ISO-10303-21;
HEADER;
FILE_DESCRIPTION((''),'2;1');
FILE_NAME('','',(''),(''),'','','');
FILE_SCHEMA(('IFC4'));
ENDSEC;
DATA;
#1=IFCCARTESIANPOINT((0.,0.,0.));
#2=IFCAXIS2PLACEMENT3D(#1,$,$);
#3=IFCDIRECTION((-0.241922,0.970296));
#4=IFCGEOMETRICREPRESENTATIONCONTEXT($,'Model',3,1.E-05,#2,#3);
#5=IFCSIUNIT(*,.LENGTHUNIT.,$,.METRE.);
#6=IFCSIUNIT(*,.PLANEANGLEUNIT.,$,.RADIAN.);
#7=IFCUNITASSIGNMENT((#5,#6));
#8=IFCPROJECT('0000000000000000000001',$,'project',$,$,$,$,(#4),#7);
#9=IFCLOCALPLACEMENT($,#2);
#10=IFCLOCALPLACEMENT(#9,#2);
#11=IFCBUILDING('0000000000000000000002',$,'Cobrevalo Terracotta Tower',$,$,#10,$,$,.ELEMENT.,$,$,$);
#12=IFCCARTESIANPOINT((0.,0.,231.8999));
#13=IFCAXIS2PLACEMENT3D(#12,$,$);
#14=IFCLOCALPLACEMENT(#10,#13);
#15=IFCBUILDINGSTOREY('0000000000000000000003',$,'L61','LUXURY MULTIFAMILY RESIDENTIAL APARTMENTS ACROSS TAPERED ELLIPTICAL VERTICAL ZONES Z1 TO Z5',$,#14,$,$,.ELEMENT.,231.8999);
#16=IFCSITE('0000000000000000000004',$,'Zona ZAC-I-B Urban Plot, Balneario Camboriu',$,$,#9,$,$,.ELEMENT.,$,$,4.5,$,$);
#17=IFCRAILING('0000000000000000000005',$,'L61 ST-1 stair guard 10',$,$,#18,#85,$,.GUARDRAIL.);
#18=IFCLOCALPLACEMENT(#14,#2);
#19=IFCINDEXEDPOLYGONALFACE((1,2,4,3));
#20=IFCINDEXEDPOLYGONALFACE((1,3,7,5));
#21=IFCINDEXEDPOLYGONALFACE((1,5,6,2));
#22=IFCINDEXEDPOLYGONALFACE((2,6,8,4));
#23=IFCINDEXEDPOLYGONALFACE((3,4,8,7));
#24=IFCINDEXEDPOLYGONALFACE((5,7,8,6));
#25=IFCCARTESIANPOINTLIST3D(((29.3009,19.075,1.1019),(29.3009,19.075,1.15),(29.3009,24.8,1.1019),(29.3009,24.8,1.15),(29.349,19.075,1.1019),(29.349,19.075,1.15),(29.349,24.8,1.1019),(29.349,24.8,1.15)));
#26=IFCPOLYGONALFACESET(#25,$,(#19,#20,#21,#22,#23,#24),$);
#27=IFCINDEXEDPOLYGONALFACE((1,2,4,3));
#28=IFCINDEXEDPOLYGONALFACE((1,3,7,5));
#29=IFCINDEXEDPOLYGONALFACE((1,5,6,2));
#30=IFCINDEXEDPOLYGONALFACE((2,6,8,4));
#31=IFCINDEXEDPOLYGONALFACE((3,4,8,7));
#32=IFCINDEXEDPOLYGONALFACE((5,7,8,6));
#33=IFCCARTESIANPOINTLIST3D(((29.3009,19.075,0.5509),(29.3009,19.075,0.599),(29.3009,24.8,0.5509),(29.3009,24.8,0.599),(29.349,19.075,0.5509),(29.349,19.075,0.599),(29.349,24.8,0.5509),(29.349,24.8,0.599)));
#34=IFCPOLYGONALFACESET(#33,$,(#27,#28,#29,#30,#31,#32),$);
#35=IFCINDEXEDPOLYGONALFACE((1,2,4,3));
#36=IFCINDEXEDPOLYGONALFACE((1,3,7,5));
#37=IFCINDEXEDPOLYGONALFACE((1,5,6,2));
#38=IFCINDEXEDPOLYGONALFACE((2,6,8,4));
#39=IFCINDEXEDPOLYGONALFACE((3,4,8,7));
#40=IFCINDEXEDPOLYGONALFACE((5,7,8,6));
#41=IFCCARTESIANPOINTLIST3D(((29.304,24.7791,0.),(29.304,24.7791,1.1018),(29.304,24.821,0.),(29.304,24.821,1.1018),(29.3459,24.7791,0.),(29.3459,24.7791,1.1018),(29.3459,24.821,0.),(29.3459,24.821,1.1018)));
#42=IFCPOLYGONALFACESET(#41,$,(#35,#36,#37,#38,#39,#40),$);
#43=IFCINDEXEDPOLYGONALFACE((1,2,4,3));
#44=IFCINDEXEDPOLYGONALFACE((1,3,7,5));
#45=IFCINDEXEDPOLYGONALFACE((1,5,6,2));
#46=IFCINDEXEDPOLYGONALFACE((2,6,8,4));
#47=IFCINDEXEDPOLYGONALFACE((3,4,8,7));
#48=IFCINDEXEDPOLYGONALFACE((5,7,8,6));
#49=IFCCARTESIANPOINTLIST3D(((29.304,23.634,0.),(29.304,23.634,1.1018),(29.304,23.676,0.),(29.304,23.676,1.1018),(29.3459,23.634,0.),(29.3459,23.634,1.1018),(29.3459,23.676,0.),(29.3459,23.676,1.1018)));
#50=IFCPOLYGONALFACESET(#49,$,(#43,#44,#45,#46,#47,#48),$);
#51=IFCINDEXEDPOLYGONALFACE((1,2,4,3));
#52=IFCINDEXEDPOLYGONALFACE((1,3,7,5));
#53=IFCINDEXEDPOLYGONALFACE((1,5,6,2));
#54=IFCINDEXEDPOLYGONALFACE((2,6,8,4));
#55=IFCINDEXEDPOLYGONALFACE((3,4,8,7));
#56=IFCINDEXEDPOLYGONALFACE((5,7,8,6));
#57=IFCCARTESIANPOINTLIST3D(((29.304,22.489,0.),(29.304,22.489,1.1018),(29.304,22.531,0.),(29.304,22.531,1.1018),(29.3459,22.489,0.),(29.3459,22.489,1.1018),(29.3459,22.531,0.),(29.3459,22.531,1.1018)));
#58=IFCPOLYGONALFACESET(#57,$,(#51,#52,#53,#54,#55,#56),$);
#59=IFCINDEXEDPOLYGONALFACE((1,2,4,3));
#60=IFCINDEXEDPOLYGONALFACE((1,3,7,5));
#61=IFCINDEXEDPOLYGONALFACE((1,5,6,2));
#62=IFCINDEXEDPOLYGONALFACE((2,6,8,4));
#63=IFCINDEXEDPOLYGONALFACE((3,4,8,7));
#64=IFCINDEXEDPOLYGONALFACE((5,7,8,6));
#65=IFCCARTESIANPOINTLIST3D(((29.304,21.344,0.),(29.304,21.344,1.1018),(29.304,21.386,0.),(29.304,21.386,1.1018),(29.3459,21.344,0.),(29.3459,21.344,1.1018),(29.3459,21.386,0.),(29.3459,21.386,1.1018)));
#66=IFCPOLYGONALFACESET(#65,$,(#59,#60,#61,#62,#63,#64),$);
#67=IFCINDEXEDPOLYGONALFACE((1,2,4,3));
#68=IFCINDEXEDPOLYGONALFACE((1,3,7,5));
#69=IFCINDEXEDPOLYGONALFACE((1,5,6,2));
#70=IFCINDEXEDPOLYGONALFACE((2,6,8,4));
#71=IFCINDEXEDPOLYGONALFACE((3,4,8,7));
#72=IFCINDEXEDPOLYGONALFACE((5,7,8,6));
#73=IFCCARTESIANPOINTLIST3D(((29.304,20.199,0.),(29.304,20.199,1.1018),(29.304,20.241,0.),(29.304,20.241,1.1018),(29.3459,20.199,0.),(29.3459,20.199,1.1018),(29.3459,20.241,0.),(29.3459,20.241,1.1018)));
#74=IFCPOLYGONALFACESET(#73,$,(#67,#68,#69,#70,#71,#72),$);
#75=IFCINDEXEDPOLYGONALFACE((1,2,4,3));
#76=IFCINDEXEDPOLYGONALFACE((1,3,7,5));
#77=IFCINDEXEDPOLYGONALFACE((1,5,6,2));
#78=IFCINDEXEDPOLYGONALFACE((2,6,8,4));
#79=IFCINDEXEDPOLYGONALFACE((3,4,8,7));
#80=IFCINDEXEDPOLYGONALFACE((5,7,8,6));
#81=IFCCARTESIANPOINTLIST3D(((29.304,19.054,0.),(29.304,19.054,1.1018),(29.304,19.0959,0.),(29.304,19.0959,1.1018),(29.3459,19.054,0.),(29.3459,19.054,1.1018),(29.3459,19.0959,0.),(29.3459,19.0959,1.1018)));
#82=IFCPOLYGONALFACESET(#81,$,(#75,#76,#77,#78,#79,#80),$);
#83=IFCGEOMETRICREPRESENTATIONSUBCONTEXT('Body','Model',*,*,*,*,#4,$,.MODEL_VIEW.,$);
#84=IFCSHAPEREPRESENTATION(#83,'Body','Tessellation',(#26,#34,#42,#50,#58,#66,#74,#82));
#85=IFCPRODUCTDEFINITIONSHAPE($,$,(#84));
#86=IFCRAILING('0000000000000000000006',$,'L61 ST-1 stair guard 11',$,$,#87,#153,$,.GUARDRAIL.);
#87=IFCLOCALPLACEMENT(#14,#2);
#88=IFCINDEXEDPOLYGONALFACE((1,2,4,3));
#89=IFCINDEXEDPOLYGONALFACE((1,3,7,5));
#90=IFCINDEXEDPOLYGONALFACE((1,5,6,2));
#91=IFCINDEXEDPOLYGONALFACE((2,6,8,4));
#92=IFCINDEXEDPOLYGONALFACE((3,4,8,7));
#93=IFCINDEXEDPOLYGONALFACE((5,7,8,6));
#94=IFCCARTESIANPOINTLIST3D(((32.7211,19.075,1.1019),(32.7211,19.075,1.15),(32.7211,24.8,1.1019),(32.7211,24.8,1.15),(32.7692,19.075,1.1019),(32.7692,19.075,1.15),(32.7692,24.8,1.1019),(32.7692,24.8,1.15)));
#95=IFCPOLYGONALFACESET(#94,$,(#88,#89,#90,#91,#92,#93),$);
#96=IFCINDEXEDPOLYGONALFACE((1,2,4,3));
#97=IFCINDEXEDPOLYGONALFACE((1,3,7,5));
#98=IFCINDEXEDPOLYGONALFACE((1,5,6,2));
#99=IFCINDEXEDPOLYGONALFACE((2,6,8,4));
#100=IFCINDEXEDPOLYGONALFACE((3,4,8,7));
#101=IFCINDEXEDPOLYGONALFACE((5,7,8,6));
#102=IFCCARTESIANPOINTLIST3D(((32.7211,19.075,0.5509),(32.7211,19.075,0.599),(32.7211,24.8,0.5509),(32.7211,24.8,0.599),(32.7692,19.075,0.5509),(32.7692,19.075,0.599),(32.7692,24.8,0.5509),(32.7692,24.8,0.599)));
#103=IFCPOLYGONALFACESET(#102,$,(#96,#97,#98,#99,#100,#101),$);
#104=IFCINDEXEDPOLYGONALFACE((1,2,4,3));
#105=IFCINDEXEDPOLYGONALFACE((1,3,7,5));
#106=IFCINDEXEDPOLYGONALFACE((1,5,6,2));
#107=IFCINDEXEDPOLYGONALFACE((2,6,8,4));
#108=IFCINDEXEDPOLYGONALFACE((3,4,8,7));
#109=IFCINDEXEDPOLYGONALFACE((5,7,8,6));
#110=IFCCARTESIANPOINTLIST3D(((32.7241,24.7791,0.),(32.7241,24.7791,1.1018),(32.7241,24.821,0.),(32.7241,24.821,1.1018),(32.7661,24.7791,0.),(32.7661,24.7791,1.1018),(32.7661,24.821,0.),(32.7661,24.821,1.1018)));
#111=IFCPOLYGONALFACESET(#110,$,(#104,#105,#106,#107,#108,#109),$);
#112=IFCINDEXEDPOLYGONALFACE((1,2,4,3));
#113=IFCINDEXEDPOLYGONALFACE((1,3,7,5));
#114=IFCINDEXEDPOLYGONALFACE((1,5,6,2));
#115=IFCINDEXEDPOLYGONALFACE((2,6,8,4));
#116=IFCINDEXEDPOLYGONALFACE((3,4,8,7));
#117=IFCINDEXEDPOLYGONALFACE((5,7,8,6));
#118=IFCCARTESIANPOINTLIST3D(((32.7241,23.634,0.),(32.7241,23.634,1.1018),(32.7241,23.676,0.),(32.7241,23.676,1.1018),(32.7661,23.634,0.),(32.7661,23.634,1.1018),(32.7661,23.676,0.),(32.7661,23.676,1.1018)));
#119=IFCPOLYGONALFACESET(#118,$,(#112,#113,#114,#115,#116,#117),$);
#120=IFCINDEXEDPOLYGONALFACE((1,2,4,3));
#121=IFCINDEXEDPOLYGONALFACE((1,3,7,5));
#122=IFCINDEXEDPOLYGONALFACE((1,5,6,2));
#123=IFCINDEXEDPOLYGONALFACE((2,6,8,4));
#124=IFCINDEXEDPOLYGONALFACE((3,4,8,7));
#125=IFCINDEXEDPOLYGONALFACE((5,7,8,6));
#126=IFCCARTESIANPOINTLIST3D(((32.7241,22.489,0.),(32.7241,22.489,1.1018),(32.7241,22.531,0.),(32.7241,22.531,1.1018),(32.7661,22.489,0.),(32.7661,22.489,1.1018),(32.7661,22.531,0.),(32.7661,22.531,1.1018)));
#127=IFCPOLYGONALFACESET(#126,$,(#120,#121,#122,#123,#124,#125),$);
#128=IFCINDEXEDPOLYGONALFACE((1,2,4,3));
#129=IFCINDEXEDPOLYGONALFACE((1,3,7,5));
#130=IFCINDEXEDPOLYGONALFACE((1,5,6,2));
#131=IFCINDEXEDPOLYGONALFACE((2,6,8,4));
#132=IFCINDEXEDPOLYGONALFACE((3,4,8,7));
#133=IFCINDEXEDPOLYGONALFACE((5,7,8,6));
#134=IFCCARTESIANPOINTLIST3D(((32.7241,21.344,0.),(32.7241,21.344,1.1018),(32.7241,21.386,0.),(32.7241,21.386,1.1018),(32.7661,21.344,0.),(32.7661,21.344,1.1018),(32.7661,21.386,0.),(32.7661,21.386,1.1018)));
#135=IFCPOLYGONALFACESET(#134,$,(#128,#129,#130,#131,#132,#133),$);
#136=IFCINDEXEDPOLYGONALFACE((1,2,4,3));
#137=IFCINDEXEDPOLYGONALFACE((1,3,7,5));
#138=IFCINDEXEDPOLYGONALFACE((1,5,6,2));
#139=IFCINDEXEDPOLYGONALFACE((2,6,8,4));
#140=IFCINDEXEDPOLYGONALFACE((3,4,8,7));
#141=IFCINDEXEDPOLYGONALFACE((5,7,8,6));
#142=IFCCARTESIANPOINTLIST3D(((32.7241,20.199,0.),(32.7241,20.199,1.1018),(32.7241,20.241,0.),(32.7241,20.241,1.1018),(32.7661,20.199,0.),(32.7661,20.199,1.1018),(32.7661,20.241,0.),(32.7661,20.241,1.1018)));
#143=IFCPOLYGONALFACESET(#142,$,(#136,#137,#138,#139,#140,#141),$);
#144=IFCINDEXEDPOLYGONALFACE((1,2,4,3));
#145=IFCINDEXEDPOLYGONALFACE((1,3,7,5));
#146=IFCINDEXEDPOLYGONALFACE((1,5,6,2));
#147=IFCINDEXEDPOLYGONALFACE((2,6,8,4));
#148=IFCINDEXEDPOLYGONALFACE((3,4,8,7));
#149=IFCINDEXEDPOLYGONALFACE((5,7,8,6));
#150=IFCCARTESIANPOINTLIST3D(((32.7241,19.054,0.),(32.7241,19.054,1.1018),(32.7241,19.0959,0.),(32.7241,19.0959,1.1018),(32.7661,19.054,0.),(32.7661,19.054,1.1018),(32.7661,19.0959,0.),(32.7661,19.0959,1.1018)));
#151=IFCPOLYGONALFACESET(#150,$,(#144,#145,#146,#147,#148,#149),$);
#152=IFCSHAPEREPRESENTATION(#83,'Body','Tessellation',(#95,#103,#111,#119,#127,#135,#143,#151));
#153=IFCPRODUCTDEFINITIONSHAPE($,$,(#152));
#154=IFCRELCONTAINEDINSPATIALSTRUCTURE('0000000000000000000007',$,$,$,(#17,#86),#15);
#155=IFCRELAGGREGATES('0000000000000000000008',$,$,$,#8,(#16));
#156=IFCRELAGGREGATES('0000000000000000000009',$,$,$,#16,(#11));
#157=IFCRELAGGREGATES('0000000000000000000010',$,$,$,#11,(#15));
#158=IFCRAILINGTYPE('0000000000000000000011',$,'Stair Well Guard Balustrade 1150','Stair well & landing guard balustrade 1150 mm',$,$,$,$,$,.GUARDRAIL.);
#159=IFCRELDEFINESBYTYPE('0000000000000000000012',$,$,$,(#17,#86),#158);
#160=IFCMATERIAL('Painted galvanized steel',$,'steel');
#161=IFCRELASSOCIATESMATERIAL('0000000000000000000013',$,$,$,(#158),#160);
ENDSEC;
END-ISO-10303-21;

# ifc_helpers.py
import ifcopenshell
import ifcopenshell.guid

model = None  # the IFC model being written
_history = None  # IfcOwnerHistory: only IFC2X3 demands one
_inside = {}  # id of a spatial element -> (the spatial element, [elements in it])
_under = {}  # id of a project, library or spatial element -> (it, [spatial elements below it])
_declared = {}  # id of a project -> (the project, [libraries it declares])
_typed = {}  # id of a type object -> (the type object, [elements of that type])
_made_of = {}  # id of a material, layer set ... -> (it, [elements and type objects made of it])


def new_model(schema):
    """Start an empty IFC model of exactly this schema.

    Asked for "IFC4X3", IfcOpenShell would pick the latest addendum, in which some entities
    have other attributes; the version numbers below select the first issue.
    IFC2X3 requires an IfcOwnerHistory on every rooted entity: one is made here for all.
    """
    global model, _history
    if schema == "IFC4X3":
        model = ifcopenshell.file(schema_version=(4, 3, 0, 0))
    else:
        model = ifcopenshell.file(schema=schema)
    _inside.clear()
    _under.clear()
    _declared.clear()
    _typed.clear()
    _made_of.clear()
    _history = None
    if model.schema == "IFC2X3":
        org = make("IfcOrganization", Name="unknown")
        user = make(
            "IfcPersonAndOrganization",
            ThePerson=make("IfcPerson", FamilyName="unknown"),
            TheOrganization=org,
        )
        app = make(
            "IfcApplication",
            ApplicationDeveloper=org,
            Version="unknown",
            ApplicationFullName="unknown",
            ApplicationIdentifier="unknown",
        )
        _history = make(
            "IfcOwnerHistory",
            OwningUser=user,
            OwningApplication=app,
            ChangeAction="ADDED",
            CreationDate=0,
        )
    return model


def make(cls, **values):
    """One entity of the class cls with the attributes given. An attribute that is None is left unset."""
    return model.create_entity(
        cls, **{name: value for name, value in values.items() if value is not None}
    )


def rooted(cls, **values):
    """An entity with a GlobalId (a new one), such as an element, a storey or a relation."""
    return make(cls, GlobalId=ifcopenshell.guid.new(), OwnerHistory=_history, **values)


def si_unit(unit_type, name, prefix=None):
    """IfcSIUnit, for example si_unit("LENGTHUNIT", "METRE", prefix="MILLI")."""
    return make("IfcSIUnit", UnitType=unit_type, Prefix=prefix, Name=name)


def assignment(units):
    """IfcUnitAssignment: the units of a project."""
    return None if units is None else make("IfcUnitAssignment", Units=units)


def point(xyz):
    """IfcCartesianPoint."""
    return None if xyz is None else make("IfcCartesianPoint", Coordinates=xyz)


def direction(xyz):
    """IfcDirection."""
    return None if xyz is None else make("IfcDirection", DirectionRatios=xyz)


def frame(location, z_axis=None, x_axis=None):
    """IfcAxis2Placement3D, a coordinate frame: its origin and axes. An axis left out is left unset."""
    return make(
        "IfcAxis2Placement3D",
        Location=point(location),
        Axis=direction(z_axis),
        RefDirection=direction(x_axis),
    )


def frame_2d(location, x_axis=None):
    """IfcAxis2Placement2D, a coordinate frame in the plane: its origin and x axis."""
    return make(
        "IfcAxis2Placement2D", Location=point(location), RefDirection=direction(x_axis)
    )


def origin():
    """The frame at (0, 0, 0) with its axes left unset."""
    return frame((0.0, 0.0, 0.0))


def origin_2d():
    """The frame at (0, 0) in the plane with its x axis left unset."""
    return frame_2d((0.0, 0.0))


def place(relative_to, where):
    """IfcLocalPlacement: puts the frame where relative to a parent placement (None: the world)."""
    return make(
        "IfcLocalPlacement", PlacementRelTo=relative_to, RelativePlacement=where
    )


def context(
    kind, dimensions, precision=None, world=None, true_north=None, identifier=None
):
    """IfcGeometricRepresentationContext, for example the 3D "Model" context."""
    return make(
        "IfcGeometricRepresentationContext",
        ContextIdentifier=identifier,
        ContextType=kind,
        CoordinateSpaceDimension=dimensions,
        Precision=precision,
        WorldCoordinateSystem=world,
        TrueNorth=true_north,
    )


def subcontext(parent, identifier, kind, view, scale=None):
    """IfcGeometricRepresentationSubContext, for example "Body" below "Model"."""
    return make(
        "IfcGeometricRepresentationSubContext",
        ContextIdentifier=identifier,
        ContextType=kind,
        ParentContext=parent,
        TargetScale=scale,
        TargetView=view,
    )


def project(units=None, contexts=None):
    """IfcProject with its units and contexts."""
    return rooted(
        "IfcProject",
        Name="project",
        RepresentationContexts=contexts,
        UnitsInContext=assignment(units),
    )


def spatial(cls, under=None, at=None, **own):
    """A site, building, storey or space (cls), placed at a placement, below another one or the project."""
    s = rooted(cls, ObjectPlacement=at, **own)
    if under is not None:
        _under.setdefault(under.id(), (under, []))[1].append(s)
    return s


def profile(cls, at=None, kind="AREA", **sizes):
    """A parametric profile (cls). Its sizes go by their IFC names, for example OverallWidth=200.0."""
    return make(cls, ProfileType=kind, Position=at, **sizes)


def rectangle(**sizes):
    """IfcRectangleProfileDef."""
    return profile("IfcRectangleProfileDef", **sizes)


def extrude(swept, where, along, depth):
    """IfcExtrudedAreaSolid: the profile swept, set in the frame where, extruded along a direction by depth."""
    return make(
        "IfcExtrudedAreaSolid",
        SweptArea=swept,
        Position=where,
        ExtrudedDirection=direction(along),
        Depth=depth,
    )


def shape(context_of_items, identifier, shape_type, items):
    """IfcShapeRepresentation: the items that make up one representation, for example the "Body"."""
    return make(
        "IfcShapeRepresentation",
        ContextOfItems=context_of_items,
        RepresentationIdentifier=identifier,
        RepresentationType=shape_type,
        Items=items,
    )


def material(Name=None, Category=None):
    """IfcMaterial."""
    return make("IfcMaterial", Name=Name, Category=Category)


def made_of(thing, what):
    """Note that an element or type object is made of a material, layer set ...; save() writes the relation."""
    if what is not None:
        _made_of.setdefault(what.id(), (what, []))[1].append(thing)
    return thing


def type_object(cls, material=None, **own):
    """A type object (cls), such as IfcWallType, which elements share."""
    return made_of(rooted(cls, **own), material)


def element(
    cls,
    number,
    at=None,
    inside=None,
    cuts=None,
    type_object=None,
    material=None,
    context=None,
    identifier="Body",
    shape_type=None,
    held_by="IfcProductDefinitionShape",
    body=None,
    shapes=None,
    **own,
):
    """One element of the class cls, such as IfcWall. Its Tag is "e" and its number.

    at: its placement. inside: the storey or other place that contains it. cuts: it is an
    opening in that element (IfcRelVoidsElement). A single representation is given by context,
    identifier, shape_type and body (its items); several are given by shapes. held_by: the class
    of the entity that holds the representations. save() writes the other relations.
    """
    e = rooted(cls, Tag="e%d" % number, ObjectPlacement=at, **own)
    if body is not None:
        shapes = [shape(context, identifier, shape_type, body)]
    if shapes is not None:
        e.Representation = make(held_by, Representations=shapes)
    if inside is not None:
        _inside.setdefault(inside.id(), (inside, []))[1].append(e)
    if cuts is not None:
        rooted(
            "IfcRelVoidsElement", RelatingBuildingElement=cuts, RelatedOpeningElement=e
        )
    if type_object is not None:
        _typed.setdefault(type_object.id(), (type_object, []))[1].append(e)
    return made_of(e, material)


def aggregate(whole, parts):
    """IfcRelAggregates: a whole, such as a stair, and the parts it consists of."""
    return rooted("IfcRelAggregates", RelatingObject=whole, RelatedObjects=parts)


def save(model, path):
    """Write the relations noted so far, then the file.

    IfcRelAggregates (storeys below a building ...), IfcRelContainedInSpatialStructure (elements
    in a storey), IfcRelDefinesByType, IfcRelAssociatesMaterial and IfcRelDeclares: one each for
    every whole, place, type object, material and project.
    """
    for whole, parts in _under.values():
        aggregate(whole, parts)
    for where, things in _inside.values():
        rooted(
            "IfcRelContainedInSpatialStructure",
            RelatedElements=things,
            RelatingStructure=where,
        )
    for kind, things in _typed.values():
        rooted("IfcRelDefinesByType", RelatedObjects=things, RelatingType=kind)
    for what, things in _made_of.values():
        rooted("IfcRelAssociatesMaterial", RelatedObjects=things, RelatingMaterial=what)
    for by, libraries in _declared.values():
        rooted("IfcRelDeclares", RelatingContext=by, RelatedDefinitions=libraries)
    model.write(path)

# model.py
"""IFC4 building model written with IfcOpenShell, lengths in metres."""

from ifc_helpers import new_model, si_unit, direction, frame, origin, origin_2d, place, context, subcontext, project, spatial, rectangle, extrude, material, type_object, element, save


model = new_model("IFC4")

# Units and contexts
model_context = context("Model", 3, precision=1e-05, world=origin(), true_north=direction((-0.241922, 0.970296)))
body_context = subcontext(model_context, "Body", "Model", "MODEL_VIEW")
ifc_project = project(units=[si_unit("LENGTHUNIT", "METRE"), si_unit("PLANEANGLEUNIT", "RADIAN")], contexts=[model_context])

# Site, building, storey
site_placement = place(None, origin())
site = spatial("IfcSite", under=ifc_project, at=site_placement, Name="Zona ZAC-I-B Urban Plot, Balneario Camboriu", CompositionType="ELEMENT", RefElevation=4.5)
building_placement = place(site_placement, origin())
building = spatial("IfcBuilding", under=site, at=building_placement, Name="Cobrevalo Terracotta Tower", CompositionType="ELEMENT")
storey_placement = place(building_placement, frame((0.0, 0.0, 231.8999)))
storey = spatial("IfcBuildingStorey", under=building, at=storey_placement, Name="L61", Description="LUXURY MULTIFAMILY RESIDENTIAL APARTMENTS ACROSS TAPERED ELLIPTICAL VERTICAL ZONES Z1 TO Z5", CompositionType="ELEMENT", Elevation=231.8999)

# Railings
ifc_material_1 = material(Name="Painted galvanized steel", Category="steel")
railing_type_1 = type_object("IfcRailingType", Name="Stair Well Guard Balustrade 1150", Description="Stair well & landing guard balustrade 1150 mm", PredefinedType="GUARDRAIL", material=ifc_material_1)
for number, where, name in (
    (1, (29.325, 24.8, 0.0), "L61 ST-1 stair guard 10"),
    (2, (32.7451, 24.8, 0.0), "L61 ST-1 stair guard 11"),
):
    element("IfcRailing", number, at=place(storey_placement, frame(where)), inside=storey, type_object=railing_type_1, Name=name, PredefinedType="GUARDRAIL", context=body_context, shape_type="SweptSolid", body=[
        extrude(rectangle(XDim=0.0481, YDim=0.0481, at=origin_2d()), frame((0.0, 0.0, 1.126), z_axis=(0.0, -1.0, 0.0), x_axis=(1.0, 0.0, 0.0)), (0.0, 0.0, 1.0), 5.7251),
        extrude(rectangle(XDim=0.0481, YDim=0.0481, at=origin_2d()), frame((0.0, 0.0, 0.575), z_axis=(0.0, -1.0, 0.0), x_axis=(1.0, 0.0, 0.0)), (0.0, 0.0, 1.0), 5.7251),
        extrude(rectangle(XDim=0.042, YDim=0.042, at=origin_2d()), origin(), (0.0, 0.0, 1.0), 1.1018),
        extrude(rectangle(XDim=0.042, YDim=0.042, at=origin_2d()), frame((0.0, -1.145, 0.0)), (0.0, 0.0, 1.0), 1.1018),
        extrude(rectangle(XDim=0.042, YDim=0.042, at=origin_2d()), frame((0.0, -2.29, 0.0)), (0.0, 0.0, 1.0), 1.1018),
        extrude(rectangle(XDim=0.042, YDim=0.042, at=origin_2d()), frame((0.0, -3.4351, 0.0)), (0.0, 0.0, 1.0), 1.1018),
        extrude(rectangle(XDim=0.042, YDim=0.042, at=origin_2d()), frame((0.0, -4.5801, 0.0)), (0.0, 0.0, 1.0), 1.1018),
        extrude(rectangle(XDim=0.042, YDim=0.042, at=origin_2d()), frame((0.0, -5.7251, 0.0)), (0.0, 0.0, 1.0), 1.1018),
    ])

save(model, "model.ifc")
